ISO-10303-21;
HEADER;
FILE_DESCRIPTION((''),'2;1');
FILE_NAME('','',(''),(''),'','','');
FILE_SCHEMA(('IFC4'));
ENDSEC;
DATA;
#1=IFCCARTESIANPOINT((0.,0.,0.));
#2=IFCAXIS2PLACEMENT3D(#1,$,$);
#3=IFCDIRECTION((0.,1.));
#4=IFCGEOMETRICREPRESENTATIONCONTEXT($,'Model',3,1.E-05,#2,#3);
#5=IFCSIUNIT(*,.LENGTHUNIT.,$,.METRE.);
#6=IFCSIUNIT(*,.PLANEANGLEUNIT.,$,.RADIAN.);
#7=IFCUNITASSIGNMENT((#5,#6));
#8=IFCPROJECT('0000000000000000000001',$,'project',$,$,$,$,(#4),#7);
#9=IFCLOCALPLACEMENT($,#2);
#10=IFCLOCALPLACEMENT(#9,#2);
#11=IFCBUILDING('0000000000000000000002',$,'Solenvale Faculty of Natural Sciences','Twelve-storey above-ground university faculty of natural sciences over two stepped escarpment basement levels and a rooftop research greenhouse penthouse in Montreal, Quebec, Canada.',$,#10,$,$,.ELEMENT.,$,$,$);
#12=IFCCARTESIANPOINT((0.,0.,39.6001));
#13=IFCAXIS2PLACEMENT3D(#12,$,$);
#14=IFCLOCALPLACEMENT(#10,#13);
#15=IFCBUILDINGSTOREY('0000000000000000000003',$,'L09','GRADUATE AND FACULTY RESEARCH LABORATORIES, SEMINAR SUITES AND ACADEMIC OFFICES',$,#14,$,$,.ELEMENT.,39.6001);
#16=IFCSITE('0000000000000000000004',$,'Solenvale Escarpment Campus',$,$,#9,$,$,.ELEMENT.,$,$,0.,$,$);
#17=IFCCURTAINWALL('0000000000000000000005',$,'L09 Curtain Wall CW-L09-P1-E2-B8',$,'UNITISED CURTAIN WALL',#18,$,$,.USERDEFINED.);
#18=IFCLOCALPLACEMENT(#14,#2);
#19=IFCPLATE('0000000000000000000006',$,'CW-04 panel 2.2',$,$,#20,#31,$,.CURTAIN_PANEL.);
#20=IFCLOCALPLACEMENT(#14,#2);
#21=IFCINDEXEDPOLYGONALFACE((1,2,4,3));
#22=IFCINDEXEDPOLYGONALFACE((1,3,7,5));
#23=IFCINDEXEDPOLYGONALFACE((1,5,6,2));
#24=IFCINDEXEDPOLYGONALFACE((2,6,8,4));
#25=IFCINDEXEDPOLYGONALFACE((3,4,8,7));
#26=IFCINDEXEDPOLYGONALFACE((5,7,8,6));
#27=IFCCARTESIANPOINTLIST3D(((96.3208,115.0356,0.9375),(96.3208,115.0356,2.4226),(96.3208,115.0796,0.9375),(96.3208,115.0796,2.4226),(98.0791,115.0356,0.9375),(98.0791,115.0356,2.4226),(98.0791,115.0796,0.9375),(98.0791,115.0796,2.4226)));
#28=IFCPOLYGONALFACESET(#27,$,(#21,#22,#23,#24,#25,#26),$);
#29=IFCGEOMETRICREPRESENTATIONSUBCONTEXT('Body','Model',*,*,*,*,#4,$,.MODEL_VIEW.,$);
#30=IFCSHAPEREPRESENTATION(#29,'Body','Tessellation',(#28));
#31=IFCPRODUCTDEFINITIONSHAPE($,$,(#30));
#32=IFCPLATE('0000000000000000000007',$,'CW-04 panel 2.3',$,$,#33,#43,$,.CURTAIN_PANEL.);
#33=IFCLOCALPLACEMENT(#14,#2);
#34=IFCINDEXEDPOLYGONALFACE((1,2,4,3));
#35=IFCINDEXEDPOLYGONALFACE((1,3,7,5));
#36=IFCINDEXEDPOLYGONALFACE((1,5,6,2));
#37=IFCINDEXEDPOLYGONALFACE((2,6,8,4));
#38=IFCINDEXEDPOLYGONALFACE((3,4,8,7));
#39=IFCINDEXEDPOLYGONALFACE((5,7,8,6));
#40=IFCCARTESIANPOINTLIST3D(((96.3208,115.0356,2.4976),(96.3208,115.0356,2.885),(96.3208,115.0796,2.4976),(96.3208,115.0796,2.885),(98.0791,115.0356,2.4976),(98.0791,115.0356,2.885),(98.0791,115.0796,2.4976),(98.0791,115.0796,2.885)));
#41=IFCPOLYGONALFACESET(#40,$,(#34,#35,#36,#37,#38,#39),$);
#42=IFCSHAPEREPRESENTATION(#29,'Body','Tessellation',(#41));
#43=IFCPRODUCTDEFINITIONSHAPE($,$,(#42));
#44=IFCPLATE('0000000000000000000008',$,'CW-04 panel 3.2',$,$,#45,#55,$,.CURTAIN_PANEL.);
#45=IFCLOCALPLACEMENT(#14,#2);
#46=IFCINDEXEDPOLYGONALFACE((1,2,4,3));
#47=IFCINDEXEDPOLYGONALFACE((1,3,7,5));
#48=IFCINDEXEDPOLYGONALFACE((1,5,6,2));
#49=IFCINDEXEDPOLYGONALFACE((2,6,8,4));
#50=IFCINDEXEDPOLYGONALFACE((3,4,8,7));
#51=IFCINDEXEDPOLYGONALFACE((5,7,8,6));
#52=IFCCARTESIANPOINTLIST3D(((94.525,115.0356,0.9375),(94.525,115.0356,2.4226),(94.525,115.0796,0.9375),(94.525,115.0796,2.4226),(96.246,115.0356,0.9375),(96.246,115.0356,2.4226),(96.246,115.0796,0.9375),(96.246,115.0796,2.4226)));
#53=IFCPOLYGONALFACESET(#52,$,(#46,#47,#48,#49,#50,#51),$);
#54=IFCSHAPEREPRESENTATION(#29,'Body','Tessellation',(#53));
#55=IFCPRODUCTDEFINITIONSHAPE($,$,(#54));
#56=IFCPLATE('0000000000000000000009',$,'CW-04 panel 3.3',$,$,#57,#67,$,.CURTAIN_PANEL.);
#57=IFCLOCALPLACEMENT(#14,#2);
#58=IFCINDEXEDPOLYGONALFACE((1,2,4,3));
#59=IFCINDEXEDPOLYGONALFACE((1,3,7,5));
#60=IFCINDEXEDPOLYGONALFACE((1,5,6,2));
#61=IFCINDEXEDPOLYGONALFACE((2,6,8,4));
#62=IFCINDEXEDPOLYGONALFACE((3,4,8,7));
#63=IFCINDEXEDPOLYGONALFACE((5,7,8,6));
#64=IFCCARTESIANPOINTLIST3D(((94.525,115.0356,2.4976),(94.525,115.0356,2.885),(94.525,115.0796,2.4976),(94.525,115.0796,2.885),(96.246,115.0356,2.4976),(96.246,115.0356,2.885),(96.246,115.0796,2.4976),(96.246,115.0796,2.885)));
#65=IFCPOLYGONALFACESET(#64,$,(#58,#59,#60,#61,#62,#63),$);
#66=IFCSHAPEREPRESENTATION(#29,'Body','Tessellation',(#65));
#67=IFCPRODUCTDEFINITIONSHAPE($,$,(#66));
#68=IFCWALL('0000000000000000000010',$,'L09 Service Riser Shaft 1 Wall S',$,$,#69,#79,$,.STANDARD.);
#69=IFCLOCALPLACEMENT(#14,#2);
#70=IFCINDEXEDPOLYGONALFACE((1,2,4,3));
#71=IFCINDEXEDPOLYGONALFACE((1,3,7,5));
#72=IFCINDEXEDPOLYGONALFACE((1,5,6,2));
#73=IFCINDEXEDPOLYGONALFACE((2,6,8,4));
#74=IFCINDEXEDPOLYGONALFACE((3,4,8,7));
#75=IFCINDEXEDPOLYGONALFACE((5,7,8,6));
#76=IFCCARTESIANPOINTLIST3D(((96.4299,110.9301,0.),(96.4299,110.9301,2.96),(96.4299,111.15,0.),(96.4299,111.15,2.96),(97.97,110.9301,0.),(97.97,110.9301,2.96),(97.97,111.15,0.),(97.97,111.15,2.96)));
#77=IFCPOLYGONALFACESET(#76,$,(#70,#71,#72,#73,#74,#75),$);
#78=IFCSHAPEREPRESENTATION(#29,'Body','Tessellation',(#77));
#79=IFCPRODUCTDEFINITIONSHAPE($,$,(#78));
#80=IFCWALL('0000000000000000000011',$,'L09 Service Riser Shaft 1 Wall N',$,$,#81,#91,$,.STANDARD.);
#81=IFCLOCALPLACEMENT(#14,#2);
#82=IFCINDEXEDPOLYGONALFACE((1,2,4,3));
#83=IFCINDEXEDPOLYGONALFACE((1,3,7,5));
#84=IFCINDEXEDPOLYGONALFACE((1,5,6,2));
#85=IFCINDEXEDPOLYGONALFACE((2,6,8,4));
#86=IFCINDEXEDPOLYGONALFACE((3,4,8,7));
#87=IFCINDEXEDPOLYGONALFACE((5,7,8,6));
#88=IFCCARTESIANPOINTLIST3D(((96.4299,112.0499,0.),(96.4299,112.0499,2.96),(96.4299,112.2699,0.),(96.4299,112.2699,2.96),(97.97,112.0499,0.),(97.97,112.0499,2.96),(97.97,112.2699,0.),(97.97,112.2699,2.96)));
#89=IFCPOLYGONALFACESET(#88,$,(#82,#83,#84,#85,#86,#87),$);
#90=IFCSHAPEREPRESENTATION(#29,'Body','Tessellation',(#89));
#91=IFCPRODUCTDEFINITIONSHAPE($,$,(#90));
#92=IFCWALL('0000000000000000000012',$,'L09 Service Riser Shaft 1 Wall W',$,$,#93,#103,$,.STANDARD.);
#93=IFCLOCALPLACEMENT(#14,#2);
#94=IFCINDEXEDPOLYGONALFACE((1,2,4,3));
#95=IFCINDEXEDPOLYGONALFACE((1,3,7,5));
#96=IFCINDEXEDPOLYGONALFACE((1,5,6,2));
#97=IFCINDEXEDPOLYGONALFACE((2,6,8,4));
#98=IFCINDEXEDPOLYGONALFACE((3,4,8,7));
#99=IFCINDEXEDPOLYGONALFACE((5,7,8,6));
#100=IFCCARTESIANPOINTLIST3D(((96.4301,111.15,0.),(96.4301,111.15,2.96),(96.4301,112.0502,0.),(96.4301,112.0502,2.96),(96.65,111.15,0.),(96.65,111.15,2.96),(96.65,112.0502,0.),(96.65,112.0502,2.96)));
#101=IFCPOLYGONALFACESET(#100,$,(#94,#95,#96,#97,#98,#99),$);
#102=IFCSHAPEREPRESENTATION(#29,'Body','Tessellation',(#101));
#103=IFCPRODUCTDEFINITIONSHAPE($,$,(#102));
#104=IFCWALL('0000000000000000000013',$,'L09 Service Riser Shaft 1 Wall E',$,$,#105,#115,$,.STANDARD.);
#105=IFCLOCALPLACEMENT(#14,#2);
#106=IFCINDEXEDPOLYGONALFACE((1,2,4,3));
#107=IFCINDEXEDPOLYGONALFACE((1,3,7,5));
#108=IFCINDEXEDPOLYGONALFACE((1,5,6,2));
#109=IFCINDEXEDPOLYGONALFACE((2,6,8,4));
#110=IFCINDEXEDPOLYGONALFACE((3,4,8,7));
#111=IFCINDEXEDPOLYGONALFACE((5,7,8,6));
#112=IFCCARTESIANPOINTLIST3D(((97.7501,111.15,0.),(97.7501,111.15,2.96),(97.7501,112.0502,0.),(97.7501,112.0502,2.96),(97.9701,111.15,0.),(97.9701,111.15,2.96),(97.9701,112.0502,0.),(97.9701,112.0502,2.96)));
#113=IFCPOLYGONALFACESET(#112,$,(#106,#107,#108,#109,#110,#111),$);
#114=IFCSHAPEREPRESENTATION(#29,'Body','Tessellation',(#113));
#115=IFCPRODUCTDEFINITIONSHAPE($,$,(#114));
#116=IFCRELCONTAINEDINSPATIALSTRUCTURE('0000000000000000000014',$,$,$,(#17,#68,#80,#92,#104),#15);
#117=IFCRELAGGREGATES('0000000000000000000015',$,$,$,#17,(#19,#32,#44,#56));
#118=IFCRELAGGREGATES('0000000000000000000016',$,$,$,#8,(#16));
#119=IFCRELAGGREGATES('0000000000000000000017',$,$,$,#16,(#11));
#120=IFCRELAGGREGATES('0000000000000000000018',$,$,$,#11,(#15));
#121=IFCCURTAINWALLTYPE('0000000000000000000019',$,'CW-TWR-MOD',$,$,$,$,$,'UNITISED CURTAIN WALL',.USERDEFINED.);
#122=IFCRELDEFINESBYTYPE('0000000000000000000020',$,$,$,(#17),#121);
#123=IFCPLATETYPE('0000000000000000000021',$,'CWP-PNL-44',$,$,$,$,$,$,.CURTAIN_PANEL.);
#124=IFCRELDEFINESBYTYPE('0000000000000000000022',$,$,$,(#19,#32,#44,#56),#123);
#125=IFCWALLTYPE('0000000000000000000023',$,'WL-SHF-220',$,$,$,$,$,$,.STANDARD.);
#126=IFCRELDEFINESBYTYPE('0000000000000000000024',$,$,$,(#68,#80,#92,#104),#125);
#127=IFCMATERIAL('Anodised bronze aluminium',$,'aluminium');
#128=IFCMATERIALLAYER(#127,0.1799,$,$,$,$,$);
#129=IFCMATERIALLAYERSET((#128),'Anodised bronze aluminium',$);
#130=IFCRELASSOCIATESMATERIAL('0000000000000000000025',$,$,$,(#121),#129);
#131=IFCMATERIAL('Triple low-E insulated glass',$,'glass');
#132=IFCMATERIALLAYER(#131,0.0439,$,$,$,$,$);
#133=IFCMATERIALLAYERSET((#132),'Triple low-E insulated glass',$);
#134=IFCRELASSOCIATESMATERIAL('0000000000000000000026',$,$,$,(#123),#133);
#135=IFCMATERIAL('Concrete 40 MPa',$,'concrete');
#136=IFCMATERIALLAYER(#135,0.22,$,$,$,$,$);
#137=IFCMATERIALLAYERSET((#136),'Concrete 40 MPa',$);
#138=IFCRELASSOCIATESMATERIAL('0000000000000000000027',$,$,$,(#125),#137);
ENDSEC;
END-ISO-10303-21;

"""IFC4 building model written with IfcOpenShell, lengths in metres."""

from ifc_helpers import new_model, si_unit, direction, frame, frame_2d, origin, origin_2d, place, context, subcontext, project, spatial, rectangle, extrude, material, layer, layer_set, type_object, element, aggregate, save


model = new_model("IFC4")

# Units and contexts
model_context = context("Model", 3, precision=1e-05, world=origin(), true_north=direction((0.0, 1.0)))
body_context = subcontext(model_context, "Body", "Model", "MODEL_VIEW")
ifc_project = project(units=[si_unit("LENGTHUNIT", "METRE"), si_unit("PLANEANGLEUNIT", "RADIAN")], contexts=[model_context])

# Site, building, storey
site_placement = place(None, origin())
site = spatial("IfcSite", under=ifc_project, at=site_placement, Name="Solenvale Escarpment Campus", CompositionType="ELEMENT", RefElevation=0.0)
building_placement = place(site_placement, origin())
building = spatial("IfcBuilding", under=site, at=building_placement, Name="Solenvale Faculty of Natural Sciences", Description="Twelve-storey above-ground university faculty of natural sciences over two stepped escarpment basement levels and a rooftop research greenhouse penthouse in Montreal, Quebec, Canada.", CompositionType="ELEMENT")
storey_placement = place(building_placement, frame((0.0, 0.0, 39.6001)))
storey = spatial("IfcBuildingStorey", under=building, at=storey_placement, Name="L09", Description="GRADUATE AND FACULTY RESEARCH LABORATORIES, SEMINAR SUITES AND ACADEMIC OFFICES", CompositionType="ELEMENT", Elevation=39.6001)

# Shared definitions
ifc_material_1 = material(Name="Concrete 40 MPa", Category="concrete")

# Curtain wall, plates
ifc_material_2 = material(Name="Anodised bronze aluminium", Category="aluminium")
ifc_layer_1 = layer(ifc_material_2, 0.1799)
ifc_layer_set_1 = layer_set([ifc_layer_1], Name="Anodised bronze aluminium")
curtain_wall_type = type_object("IfcCurtainWallType", Name="CW-TWR-MOD", ElementType="UNITISED CURTAIN WALL", PredefinedType="USERDEFINED", material=ifc_layer_set_1)
curtain_wall_placement = place(storey_placement, origin())
curtain_wall = element("IfcCurtainWall", 1, at=curtain_wall_placement, inside=storey, type_object=curtain_wall_type, Name="L09 Curtain Wall CW-L09-P1-E2-B8", ObjectType="UNITISED CURTAIN WALL", PredefinedType="USERDEFINED")
ifc_material_3 = material(Name="Triple low-E insulated glass", Category="glass")
ifc_layer_2 = layer(ifc_material_3, 0.0439)
ifc_layer_set_2 = layer_set([ifc_layer_2], Name="Triple low-E insulated glass")
plate_type = type_object("IfcPlateType", Name="CWP-PNL-44", PredefinedType="CURTAIN_PANEL", material=ifc_layer_set_2)
plate_1_placement = place(storey_placement, frame((97.2, 115.0576, 0.9375), z_axis=(0.0, 0.0, 1.0), x_axis=(-1.0, 0.0, 0.0)))
plate_1 = element("IfcPlate", 2, at=plate_1_placement, type_object=plate_type, Name="CW-04 panel 2.2", PredefinedType="CURTAIN_PANEL", context=body_context, shape_type="SweptSolid", body=[
    extrude(rectangle(XDim=1.7583, YDim=0.0439, at=origin_2d()), origin(), (0.0, 0.0, 1.0), 1.4851),
])
plate_2_placement = place(storey_placement, frame((97.2, 115.0576, 2.4976), z_axis=(0.0, 0.0, 1.0), x_axis=(-1.0, 0.0, 0.0)))
plate_2 = element("IfcPlate", 3, at=plate_2_placement, type_object=plate_type, Name="CW-04 panel 2.3", PredefinedType="CURTAIN_PANEL", context=body_context, shape_type="SweptSolid", body=[
    extrude(rectangle(XDim=1.7583, YDim=0.0439, at=origin_2d()), origin(), (0.0, 0.0, 1.0), 0.3875),
])
plate_3_placement = place(storey_placement, frame((95.3855, 115.0576, 0.9375), z_axis=(0.0, 0.0, 1.0), x_axis=(-1.0, 0.0, 0.0)))
plate_3 = element("IfcPlate", 4, at=plate_3_placement, type_object=plate_type, Name="CW-04 panel 3.2", PredefinedType="CURTAIN_PANEL", context=body_context, shape_type="SweptSolid", body=[
    extrude(rectangle(XDim=1.7209, YDim=0.0439, at=origin_2d()), origin(), (0.0, 0.0, 1.0), 1.4851),
])
plate_4_placement = place(storey_placement, frame((95.3855, 115.0576, 2.4976), z_axis=(0.0, 0.0, 1.0), x_axis=(-1.0, 0.0, 0.0)))
plate_4 = element("IfcPlate", 5, at=plate_4_placement, type_object=plate_type, Name="CW-04 panel 3.3", PredefinedType="CURTAIN_PANEL", context=body_context, shape_type="SweptSolid", body=[
    extrude(rectangle(XDim=1.7209, YDim=0.0439, at=origin_2d()), origin(), (0.0, 0.0, 1.0), 0.3875),
])
aggregate(curtain_wall, [plate_1, plate_2, plate_3, plate_4])

# Shared definitions
ifc_layer_3 = layer(ifc_material_1, 0.22)
ifc_layer_set_3 = layer_set([ifc_layer_3], Name="Concrete 40 MPa")
wall_type_1 = type_object("IfcWallType", Name="WL-SHF-220", PredefinedType="STANDARD", material=ifc_layer_set_3)

# Walls
for number, where, z_axis, x_axis, name in (
    (6, (96.4299, 111.04, 0.0), (0.0, 0.0, 1.0), (1.0, 0.0, 0.0), "L09 Service Riser Shaft 1 Wall S"),
    (7, (96.4299, 112.1599, 0.0), (0.0, 0.0, 1.0), (1.0, 0.0, 0.0), "L09 Service Riser Shaft 1 Wall N"),
):
    element("IfcWall", number, at=place(storey_placement, frame(where, z_axis=z_axis, x_axis=x_axis)), inside=storey, type_object=wall_type_1, Name=name, PredefinedType="STANDARD", context=body_context, shape_type="SweptSolid", body=[
        extrude(rectangle(XDim=1.54, YDim=0.22, at=frame_2d((0.77, 0.0))), origin(), (0.0, 0.0, 1.0), 2.96),
    ])
for number, where, z_axis, x_axis, name in (
    (8, (96.54, 111.1499, 0.0), (0.0, 0.0, 1.0), (0.0, 1.0, 0.0), "L09 Service Riser Shaft 1 Wall W"),
    (9, (97.8601, 111.1499, 0.0), (0.0, 0.0, 1.0), (0.0, 1.0, 0.0), "L09 Service Riser Shaft 1 Wall E"),
):
    element("IfcWall", number, at=place(storey_placement, frame(where, z_axis=z_axis, x_axis=x_axis)), inside=storey, type_object=wall_type_1, Name=name, PredefinedType="STANDARD", context=body_context, shape_type="SweptSolid", body=[
        extrude(rectangle(XDim=0.9001, YDim=0.22, at=frame_2d((0.4502, 0.0))), origin(), (0.0, 0.0, 1.0), 2.96),
    ])

save(model, "model.ifc")
